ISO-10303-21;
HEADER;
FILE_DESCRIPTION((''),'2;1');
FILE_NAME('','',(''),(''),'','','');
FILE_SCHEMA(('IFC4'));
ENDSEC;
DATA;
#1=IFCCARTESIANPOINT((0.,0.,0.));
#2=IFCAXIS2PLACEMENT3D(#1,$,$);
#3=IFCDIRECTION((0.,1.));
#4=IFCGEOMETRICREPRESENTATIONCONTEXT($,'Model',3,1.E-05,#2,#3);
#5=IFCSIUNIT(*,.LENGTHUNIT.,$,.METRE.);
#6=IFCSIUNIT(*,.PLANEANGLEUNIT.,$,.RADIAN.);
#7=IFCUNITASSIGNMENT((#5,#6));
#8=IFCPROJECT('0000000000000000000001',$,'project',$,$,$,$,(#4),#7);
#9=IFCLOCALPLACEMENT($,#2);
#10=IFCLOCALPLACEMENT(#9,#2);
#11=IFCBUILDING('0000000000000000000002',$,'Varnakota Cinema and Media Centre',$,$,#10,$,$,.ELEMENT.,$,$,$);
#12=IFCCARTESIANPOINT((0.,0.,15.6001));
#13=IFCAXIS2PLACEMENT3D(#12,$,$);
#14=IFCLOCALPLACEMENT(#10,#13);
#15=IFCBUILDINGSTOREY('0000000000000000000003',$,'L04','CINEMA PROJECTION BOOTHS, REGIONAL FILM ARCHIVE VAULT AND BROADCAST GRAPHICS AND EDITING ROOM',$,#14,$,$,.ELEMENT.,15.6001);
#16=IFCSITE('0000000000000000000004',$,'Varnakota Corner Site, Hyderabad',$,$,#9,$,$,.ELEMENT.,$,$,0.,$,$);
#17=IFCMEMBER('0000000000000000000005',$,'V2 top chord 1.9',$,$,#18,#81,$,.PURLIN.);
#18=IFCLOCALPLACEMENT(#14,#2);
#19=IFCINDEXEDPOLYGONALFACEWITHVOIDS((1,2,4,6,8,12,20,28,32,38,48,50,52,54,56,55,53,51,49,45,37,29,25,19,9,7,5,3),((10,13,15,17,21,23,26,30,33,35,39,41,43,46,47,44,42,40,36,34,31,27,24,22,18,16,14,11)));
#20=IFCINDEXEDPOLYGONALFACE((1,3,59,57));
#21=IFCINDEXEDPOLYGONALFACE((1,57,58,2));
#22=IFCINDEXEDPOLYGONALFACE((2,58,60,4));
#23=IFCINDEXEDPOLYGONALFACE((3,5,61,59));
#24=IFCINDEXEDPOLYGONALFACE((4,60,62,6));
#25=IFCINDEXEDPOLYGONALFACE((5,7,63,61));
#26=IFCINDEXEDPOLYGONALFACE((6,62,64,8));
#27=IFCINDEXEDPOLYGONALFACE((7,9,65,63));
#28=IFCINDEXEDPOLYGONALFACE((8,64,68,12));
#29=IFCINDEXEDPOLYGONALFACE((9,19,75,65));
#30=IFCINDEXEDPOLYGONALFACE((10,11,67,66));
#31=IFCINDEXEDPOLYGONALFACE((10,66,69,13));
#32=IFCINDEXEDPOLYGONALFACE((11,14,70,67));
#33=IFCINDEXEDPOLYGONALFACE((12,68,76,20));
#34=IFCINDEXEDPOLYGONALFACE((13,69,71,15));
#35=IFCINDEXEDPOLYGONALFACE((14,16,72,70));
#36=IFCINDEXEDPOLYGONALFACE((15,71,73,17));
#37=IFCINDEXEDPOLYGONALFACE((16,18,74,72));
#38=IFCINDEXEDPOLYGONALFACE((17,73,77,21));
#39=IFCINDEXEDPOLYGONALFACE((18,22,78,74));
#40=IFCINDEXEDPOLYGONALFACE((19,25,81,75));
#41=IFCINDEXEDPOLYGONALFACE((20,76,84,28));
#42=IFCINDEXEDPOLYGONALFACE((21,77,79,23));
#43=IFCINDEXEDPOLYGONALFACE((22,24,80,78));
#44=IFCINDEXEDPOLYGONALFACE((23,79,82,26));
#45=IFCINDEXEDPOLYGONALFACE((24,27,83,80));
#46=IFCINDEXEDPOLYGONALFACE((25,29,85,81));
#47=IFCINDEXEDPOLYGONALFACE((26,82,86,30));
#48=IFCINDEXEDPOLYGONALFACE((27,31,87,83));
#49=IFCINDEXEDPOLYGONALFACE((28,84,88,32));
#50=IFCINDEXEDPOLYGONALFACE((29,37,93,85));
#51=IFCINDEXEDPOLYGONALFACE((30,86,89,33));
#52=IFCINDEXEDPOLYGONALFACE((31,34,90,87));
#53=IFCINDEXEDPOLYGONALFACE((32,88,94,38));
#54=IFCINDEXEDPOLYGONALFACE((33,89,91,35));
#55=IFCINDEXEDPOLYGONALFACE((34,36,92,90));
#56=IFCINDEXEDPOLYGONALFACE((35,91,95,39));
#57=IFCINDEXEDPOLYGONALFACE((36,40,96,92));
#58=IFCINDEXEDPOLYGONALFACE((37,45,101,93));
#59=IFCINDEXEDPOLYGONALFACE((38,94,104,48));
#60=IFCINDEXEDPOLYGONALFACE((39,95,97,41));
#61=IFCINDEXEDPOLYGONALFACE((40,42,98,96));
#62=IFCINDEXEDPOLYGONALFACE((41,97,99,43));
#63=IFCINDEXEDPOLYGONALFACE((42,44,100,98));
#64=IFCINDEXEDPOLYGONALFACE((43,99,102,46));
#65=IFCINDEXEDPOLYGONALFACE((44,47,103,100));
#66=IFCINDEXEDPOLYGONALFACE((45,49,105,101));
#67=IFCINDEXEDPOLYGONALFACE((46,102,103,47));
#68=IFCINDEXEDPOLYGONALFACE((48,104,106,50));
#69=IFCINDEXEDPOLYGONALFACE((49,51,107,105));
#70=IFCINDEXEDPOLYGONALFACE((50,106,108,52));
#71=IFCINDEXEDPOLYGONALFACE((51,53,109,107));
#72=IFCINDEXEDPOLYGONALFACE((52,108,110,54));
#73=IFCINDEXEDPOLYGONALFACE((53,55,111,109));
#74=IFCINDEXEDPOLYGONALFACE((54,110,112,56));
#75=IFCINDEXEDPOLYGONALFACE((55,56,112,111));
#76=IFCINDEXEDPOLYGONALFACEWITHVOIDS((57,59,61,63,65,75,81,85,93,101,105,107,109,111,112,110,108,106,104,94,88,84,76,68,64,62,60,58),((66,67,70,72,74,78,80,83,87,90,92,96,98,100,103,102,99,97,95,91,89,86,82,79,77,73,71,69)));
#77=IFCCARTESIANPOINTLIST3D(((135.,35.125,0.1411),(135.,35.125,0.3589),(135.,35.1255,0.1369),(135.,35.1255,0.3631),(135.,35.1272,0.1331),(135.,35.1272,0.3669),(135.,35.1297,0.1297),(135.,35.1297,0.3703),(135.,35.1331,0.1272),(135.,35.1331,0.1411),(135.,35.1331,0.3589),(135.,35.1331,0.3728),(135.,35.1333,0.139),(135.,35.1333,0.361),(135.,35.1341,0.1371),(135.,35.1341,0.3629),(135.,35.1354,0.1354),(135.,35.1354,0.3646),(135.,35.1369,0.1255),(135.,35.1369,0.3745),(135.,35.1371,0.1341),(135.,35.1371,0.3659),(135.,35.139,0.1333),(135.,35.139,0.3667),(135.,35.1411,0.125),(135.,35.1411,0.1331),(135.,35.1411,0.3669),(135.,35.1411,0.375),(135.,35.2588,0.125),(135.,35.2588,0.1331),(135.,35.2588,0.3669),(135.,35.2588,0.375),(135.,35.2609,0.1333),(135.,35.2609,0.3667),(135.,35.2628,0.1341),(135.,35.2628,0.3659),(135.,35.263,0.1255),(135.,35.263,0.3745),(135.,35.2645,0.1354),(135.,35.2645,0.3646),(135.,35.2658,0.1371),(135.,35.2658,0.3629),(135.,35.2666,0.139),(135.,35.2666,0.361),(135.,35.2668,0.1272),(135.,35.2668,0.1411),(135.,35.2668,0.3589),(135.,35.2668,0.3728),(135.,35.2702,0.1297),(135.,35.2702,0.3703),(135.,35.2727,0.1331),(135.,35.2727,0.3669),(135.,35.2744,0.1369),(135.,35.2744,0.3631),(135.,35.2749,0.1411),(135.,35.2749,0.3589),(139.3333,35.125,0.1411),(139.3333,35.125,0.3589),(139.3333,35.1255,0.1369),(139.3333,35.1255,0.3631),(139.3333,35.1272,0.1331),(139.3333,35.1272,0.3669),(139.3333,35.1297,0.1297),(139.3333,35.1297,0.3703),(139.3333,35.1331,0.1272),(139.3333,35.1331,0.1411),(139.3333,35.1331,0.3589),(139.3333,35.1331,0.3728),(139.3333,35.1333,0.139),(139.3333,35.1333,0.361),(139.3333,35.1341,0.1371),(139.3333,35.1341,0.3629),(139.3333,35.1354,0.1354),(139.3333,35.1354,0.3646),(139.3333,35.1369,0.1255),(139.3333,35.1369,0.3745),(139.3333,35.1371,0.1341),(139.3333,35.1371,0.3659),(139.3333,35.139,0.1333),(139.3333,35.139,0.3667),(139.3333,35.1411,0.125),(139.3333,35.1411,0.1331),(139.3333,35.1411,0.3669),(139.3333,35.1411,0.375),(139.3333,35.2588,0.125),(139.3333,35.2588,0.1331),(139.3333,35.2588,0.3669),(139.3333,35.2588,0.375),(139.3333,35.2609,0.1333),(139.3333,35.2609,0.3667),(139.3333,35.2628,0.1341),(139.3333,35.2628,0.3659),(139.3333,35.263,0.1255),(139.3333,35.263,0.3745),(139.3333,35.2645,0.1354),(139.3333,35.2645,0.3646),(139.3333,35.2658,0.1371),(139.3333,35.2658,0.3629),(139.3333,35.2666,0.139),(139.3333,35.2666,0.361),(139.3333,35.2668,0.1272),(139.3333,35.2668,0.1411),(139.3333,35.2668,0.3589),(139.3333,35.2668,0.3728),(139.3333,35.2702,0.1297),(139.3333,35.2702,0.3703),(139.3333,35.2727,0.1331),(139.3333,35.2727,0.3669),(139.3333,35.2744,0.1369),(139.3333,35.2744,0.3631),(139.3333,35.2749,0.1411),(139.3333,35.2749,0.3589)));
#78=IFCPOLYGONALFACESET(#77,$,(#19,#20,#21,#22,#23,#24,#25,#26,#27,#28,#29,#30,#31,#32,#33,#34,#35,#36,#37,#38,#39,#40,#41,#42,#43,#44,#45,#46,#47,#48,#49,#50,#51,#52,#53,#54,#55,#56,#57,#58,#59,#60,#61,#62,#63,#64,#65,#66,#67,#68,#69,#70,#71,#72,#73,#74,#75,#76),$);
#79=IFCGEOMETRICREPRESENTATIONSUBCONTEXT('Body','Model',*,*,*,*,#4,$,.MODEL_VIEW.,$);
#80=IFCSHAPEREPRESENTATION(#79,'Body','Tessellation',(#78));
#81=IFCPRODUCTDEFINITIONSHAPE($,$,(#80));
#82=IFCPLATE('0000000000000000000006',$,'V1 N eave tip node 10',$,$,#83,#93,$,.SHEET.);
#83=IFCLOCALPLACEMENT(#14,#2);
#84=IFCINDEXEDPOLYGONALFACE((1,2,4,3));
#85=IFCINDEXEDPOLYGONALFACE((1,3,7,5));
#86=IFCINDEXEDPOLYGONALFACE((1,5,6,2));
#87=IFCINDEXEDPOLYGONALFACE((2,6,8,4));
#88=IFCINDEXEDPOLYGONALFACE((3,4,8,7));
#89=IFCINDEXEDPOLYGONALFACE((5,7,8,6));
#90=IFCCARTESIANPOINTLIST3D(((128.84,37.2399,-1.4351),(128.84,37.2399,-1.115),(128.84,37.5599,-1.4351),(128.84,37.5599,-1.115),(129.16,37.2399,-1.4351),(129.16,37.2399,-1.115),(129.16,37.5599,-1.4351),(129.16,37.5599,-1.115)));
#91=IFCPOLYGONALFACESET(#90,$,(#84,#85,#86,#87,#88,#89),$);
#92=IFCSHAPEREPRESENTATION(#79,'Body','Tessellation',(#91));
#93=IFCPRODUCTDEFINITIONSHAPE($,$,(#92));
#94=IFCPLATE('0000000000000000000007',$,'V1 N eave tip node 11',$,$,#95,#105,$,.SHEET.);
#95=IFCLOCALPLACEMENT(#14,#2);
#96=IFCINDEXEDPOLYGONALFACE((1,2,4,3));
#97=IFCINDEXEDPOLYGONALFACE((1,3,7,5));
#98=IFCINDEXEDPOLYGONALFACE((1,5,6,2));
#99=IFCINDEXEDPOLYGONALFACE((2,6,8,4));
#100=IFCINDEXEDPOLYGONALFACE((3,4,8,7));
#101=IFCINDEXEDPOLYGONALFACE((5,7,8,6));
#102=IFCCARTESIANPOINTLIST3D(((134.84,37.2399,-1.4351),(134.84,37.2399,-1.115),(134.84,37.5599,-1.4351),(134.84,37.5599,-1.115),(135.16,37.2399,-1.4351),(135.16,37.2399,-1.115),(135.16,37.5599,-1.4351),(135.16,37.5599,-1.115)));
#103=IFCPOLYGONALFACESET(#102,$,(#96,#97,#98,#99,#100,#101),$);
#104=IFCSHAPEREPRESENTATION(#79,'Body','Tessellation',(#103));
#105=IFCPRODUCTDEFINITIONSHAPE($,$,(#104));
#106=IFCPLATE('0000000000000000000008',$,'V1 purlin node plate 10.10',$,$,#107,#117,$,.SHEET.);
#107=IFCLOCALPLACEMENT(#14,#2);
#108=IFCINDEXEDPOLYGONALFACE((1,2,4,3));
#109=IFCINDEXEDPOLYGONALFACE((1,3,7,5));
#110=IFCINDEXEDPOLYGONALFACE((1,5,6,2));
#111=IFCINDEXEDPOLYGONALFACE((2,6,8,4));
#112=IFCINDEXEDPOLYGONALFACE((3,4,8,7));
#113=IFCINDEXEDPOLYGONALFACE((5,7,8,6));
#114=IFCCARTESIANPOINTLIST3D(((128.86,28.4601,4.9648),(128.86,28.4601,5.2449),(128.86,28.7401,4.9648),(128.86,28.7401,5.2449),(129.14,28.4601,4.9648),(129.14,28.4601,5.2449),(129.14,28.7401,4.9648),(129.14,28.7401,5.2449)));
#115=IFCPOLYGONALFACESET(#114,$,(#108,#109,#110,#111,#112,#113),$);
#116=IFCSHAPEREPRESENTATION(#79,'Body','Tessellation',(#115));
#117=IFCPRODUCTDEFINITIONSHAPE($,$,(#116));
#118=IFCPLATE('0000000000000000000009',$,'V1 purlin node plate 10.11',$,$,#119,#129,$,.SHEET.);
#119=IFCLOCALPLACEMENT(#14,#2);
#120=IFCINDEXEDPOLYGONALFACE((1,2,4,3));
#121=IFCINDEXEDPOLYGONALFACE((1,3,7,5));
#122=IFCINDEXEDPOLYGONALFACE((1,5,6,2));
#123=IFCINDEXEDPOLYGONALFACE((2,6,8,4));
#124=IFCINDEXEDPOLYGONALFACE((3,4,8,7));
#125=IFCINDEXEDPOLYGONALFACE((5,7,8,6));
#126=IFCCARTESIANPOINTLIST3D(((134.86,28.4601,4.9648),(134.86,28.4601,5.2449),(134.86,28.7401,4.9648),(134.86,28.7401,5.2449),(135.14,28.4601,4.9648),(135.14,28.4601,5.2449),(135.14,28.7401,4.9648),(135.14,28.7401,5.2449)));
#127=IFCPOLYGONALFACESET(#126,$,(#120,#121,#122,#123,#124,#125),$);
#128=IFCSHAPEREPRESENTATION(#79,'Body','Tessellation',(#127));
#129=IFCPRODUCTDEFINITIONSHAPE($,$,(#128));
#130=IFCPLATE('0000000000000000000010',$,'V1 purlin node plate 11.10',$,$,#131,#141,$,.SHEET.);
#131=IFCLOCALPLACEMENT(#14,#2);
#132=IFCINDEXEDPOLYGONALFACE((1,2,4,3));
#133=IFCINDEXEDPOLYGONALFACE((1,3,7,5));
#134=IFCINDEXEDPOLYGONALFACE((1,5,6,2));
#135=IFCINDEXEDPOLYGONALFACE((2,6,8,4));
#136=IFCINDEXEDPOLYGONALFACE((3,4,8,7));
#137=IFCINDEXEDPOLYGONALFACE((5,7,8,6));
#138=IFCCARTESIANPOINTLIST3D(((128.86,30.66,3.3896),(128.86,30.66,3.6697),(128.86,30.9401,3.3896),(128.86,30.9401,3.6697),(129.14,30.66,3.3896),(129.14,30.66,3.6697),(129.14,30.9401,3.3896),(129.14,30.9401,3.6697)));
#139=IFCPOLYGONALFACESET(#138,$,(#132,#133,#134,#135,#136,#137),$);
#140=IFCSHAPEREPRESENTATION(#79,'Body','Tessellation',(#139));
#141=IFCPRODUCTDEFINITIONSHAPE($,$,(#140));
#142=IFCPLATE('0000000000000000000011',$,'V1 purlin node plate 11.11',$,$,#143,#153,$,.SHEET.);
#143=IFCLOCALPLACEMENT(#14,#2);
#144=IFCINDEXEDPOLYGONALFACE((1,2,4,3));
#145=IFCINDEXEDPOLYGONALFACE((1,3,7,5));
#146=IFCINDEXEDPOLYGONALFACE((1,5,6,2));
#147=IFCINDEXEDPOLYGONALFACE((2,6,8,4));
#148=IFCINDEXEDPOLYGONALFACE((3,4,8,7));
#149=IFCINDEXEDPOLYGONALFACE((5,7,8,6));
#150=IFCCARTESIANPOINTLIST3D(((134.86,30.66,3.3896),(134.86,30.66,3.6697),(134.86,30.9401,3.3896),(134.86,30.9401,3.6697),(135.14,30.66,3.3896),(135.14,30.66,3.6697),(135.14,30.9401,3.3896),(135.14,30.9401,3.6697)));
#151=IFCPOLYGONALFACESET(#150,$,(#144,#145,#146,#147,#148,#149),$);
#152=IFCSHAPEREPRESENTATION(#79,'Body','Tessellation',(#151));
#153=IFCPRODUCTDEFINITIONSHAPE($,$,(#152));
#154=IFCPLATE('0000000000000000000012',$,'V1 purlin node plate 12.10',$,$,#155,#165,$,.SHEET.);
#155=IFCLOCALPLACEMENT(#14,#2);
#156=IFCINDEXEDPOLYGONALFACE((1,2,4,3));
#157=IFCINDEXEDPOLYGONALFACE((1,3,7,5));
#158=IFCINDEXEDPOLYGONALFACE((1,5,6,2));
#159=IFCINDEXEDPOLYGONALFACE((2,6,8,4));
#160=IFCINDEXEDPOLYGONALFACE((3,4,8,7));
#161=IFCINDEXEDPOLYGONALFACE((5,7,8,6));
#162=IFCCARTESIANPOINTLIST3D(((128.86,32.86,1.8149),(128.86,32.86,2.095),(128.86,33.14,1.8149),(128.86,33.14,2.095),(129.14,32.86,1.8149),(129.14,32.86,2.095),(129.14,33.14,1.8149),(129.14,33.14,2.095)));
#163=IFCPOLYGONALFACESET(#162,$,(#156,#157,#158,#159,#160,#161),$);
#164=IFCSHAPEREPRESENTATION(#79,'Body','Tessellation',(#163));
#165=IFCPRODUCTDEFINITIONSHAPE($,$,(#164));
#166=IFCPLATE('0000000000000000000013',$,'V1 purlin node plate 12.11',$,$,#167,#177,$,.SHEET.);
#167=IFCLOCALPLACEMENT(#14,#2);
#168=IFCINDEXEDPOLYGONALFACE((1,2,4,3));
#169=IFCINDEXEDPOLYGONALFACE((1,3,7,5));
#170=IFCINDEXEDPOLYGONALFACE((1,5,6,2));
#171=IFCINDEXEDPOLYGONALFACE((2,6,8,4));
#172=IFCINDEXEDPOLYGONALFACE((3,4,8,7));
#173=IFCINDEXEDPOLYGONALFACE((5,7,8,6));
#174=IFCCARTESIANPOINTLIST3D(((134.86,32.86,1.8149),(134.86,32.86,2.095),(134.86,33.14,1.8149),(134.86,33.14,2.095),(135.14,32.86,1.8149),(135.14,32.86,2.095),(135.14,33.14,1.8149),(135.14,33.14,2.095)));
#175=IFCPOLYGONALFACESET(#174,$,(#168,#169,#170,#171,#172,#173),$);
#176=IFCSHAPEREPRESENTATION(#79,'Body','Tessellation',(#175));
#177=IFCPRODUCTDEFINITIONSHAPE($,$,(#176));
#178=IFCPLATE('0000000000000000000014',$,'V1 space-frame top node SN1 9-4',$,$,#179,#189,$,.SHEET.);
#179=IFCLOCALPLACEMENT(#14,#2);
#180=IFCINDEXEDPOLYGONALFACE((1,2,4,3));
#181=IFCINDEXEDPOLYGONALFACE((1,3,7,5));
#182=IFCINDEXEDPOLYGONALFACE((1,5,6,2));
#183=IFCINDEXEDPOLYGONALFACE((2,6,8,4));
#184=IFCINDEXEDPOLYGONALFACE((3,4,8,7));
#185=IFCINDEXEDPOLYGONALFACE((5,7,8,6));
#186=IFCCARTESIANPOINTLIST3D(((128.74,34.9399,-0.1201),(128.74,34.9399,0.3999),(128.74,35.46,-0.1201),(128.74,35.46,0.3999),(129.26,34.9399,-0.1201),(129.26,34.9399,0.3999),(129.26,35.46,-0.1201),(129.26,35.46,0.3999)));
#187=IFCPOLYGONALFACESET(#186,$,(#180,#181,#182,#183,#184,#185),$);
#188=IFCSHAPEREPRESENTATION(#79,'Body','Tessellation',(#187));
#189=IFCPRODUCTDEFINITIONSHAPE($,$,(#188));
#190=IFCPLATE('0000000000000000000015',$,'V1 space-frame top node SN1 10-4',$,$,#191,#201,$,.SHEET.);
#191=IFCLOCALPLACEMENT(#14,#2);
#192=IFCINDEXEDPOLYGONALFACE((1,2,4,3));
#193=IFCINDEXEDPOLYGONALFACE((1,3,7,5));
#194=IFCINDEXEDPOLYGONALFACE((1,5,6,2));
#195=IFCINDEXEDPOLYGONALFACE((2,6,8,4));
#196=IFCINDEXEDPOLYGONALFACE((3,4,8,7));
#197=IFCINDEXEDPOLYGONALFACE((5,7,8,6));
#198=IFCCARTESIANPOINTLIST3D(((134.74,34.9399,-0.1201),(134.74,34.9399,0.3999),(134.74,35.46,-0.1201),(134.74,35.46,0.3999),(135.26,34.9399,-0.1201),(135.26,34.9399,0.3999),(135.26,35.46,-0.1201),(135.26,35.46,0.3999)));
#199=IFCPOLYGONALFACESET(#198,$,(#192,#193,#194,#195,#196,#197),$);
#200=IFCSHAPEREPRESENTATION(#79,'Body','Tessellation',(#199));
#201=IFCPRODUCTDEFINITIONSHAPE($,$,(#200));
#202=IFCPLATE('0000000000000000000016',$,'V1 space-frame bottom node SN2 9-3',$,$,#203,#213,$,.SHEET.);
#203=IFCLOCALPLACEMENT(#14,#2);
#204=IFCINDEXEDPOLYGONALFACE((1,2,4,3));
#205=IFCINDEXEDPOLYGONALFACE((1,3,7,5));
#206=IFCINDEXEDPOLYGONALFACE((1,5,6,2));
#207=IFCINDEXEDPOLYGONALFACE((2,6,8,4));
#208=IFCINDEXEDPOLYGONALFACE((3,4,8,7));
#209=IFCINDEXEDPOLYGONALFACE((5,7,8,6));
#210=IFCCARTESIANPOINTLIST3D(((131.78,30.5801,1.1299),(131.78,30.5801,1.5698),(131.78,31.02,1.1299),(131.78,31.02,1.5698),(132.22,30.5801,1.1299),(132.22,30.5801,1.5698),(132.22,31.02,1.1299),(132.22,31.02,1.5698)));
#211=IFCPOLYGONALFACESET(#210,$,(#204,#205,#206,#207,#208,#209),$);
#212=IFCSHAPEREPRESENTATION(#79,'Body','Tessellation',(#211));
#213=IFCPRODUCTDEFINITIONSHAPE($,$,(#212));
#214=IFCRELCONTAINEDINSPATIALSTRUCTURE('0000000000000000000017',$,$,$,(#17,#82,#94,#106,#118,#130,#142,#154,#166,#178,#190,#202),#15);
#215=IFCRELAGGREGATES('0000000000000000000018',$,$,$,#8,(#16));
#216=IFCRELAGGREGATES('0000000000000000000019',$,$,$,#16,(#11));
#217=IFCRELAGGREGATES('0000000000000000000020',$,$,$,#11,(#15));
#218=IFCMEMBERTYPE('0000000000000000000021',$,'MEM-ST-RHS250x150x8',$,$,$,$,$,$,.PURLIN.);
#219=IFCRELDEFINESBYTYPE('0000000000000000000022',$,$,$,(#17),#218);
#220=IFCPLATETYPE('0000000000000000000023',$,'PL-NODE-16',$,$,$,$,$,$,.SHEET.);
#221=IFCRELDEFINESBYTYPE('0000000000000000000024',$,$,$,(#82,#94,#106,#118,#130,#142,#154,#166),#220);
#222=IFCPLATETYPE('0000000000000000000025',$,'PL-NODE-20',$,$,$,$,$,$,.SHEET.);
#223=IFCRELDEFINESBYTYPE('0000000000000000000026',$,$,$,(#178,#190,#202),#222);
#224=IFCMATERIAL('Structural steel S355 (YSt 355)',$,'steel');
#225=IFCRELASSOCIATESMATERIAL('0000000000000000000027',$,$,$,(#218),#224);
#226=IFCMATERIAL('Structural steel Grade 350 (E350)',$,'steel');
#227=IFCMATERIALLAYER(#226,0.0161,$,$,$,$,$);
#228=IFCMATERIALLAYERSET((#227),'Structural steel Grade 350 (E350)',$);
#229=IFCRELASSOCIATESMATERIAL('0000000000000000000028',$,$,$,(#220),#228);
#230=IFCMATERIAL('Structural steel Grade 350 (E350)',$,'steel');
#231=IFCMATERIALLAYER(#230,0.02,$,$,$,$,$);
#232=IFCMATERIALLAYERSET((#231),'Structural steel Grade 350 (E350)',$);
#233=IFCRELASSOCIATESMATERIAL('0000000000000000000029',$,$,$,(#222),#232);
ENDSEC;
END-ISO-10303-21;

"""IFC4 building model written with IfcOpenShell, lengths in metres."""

from ifc_helpers import new_model, si_unit, direction, frame, origin, origin_2d, place, context, subcontext, project, spatial, rectangle, hollow_rectangle, extrude, material, layer, layer_set, material_profile, profile_set, type_object, element, save


model = new_model("IFC4")

# Units and contexts
model_context = context("Model", 3, precision=1e-05, world=origin(), true_north=direction((0.0, 1.0)))
body_context = subcontext(model_context, "Body", "Model", "MODEL_VIEW")
ifc_project = project(units=[si_unit("LENGTHUNIT", "METRE"), si_unit("PLANEANGLEUNIT", "RADIAN")], contexts=[model_context])

# Site, building, storey
site_placement = place(None, origin())
site = spatial("IfcSite", under=ifc_project, at=site_placement, Name="Varnakota Corner Site, Hyderabad", CompositionType="ELEMENT", RefElevation=0.0)
building_placement = place(site_placement, origin())
building = spatial("IfcBuilding", under=site, at=building_placement, Name="Varnakota Cinema and Media Centre", CompositionType="ELEMENT")
storey_placement = place(building_placement, frame((0.0, 0.0, 15.6001)))
storey = spatial("IfcBuildingStorey", under=building, at=storey_placement, Name="L04", Description="CINEMA PROJECTION BOOTHS, REGIONAL FILM ARCHIVE VAULT AND BROADCAST GRAPHICS AND EDITING ROOM", CompositionType="ELEMENT", Elevation=15.6001)

# Member
ifc_material_1 = material(Name="Structural steel S355 (YSt 355)", Category="steel")
ifc_material_profile_1 = material_profile(ifc_material_1, hollow_rectangle(XDim=0.1499, YDim=0.25, WallThickness=0.0081, InnerFilletRadius=0.0081, OuterFilletRadius=0.0161, at=origin_2d()), Name="RHS 250x150x8")
ifc_profile_set_1 = profile_set([ifc_material_profile_1], Name="Structural steel S355 (YSt 355)")
member_type_1 = type_object("IfcMemberType", Name="MEM-ST-RHS250x150x8", PredefinedType="PURLIN", material=ifc_profile_set_1)
member_1_placement = place(storey_placement, frame((135.0, 35.2, 0.25), z_axis=(1.0, 0.0, 0.0), x_axis=(0.0, 1.0, 0.0)))
element("IfcMember", 1, at=member_1_placement, inside=storey, type_object=member_type_1, Name="V2 top chord 1.9", PredefinedType="PURLIN", context=body_context, shape_type="SweptSolid", body=[
    extrude(hollow_rectangle(XDim=0.1499, YDim=0.25, WallThickness=0.0081, InnerFilletRadius=0.0081, OuterFilletRadius=0.0161, at=origin_2d()), origin(), (0.0, 0.0, 1.0), 4.3333),
])

# Plates
ifc_material_2 = material(Name="Structural steel Grade 350 (E350)", Category="steel")
ifc_layer_1 = layer(ifc_material_2, 0.0161)
ifc_layer_set_1 = layer_set([ifc_layer_1], Name="Structural steel Grade 350 (E350)")
plate_type_1 = type_object("IfcPlateType", Name="PL-NODE-16", PredefinedType="SHEET", material=ifc_layer_set_1)
for number, where, z_axis, x_axis, name in (
    (2, (129.0, 37.3999, -1.4351), (0.0, 0.0, 1.0), (1.0, 0.0, 0.0), "V1 N eave tip node 10"),
    (3, (135.0, 37.3999, -1.4351), (0.0, 0.0, 1.0), (1.0, 0.0, 0.0), "V1 N eave tip node 11"),
):
    element("IfcPlate", number, at=place(storey_placement, frame(where, z_axis=z_axis, x_axis=x_axis)), inside=storey, type_object=plate_type_1, Name=name, PredefinedType="SHEET", context=body_context, shape_type="SweptSolid", body=[
        extrude(rectangle(XDim=0.3201, YDim=0.3201, at=origin_2d()), origin(), (0.0, 0.0, 1.0), 0.3201),
    ])
for number, where, z_axis, x_axis, name in (
    (4, (129.0, 28.6001, 4.9648), (0.0, 0.0, 1.0), (1.0, 0.0, 0.0), "V1 purlin node plate 10.10"),
    (5, (135.0, 28.6001, 4.9648), (0.0, 0.0, 1.0), (1.0, 0.0, 0.0), "V1 purlin node plate 10.11"),
    (6, (129.0, 30.8, 3.3896), (0.0, 0.0, 1.0), (1.0, 0.0, 0.0), "V1 purlin node plate 11.10"),
    (7, (135.0, 30.8, 3.3896), (0.0, 0.0, 1.0), (1.0, 0.0, 0.0), "V1 purlin node plate 11.11"),
    (8, (129.0, 33.0, 1.8149), (0.0, 0.0, 1.0), (1.0, 0.0, 0.0), "V1 purlin node plate 12.10"),
    (9, (135.0, 33.0, 1.8149), (0.0, 0.0, 1.0), (1.0, 0.0, 0.0), "V1 purlin node plate 12.11"),
):
    element("IfcPlate", number, at=place(storey_placement, frame(where, z_axis=z_axis, x_axis=x_axis)), inside=storey, type_object=plate_type_1, Name=name, PredefinedType="SHEET", context=body_context, shape_type="SweptSolid", body=[
        extrude(rectangle(XDim=0.28, YDim=0.28, at=origin_2d()), origin(), (0.0, 0.0, 1.0), 0.28),
    ])
ifc_material_3 = material(Name="Structural steel Grade 350 (E350)", Category="steel")
ifc_layer_2 = layer(ifc_material_3, 0.02)
ifc_layer_set_2 = layer_set([ifc_layer_2], Name="Structural steel Grade 350 (E350)")
plate_type_2 = type_object("IfcPlateType", Name="PL-NODE-20", PredefinedType="SHEET", material=ifc_layer_set_2)
for number, where, z_axis, x_axis, name in (
    (10, (129.0, 35.2, -0.1201), (0.0, 0.0, 1.0), (1.0, 0.0, 0.0), "V1 space-frame top node SN1 9-4"),
    (11, (135.0, 35.2, -0.1201), (0.0, 0.0, 1.0), (1.0, 0.0, 0.0), "V1 space-frame top node SN1 10-4"),
):
    element("IfcPlate", number, at=place(storey_placement, frame(where, z_axis=z_axis, x_axis=x_axis)), inside=storey, type_object=plate_type_2, Name=name, PredefinedType="SHEET", context=body_context, shape_type="SweptSolid", body=[
        extrude(rectangle(XDim=0.52, YDim=0.52, at=origin_2d()), origin(), (0.0, 0.0, 1.0), 0.52),
    ])
plate_placement = place(storey_placement, frame((132.0, 30.8, 1.1299), z_axis=(0.0, 0.0, 1.0), x_axis=(1.0, 0.0, 0.0)))
element("IfcPlate", 12, at=plate_placement, inside=storey, type_object=plate_type_2, Name="V1 space-frame bottom node SN2 9-3", PredefinedType="SHEET", context=body_context, shape_type="SweptSolid", body=[
    extrude(rectangle(XDim=0.4399, YDim=0.4399, at=origin_2d()), origin(), (0.0, 0.0, 1.0), 0.4399),
])

save(model, "model.ifc")
